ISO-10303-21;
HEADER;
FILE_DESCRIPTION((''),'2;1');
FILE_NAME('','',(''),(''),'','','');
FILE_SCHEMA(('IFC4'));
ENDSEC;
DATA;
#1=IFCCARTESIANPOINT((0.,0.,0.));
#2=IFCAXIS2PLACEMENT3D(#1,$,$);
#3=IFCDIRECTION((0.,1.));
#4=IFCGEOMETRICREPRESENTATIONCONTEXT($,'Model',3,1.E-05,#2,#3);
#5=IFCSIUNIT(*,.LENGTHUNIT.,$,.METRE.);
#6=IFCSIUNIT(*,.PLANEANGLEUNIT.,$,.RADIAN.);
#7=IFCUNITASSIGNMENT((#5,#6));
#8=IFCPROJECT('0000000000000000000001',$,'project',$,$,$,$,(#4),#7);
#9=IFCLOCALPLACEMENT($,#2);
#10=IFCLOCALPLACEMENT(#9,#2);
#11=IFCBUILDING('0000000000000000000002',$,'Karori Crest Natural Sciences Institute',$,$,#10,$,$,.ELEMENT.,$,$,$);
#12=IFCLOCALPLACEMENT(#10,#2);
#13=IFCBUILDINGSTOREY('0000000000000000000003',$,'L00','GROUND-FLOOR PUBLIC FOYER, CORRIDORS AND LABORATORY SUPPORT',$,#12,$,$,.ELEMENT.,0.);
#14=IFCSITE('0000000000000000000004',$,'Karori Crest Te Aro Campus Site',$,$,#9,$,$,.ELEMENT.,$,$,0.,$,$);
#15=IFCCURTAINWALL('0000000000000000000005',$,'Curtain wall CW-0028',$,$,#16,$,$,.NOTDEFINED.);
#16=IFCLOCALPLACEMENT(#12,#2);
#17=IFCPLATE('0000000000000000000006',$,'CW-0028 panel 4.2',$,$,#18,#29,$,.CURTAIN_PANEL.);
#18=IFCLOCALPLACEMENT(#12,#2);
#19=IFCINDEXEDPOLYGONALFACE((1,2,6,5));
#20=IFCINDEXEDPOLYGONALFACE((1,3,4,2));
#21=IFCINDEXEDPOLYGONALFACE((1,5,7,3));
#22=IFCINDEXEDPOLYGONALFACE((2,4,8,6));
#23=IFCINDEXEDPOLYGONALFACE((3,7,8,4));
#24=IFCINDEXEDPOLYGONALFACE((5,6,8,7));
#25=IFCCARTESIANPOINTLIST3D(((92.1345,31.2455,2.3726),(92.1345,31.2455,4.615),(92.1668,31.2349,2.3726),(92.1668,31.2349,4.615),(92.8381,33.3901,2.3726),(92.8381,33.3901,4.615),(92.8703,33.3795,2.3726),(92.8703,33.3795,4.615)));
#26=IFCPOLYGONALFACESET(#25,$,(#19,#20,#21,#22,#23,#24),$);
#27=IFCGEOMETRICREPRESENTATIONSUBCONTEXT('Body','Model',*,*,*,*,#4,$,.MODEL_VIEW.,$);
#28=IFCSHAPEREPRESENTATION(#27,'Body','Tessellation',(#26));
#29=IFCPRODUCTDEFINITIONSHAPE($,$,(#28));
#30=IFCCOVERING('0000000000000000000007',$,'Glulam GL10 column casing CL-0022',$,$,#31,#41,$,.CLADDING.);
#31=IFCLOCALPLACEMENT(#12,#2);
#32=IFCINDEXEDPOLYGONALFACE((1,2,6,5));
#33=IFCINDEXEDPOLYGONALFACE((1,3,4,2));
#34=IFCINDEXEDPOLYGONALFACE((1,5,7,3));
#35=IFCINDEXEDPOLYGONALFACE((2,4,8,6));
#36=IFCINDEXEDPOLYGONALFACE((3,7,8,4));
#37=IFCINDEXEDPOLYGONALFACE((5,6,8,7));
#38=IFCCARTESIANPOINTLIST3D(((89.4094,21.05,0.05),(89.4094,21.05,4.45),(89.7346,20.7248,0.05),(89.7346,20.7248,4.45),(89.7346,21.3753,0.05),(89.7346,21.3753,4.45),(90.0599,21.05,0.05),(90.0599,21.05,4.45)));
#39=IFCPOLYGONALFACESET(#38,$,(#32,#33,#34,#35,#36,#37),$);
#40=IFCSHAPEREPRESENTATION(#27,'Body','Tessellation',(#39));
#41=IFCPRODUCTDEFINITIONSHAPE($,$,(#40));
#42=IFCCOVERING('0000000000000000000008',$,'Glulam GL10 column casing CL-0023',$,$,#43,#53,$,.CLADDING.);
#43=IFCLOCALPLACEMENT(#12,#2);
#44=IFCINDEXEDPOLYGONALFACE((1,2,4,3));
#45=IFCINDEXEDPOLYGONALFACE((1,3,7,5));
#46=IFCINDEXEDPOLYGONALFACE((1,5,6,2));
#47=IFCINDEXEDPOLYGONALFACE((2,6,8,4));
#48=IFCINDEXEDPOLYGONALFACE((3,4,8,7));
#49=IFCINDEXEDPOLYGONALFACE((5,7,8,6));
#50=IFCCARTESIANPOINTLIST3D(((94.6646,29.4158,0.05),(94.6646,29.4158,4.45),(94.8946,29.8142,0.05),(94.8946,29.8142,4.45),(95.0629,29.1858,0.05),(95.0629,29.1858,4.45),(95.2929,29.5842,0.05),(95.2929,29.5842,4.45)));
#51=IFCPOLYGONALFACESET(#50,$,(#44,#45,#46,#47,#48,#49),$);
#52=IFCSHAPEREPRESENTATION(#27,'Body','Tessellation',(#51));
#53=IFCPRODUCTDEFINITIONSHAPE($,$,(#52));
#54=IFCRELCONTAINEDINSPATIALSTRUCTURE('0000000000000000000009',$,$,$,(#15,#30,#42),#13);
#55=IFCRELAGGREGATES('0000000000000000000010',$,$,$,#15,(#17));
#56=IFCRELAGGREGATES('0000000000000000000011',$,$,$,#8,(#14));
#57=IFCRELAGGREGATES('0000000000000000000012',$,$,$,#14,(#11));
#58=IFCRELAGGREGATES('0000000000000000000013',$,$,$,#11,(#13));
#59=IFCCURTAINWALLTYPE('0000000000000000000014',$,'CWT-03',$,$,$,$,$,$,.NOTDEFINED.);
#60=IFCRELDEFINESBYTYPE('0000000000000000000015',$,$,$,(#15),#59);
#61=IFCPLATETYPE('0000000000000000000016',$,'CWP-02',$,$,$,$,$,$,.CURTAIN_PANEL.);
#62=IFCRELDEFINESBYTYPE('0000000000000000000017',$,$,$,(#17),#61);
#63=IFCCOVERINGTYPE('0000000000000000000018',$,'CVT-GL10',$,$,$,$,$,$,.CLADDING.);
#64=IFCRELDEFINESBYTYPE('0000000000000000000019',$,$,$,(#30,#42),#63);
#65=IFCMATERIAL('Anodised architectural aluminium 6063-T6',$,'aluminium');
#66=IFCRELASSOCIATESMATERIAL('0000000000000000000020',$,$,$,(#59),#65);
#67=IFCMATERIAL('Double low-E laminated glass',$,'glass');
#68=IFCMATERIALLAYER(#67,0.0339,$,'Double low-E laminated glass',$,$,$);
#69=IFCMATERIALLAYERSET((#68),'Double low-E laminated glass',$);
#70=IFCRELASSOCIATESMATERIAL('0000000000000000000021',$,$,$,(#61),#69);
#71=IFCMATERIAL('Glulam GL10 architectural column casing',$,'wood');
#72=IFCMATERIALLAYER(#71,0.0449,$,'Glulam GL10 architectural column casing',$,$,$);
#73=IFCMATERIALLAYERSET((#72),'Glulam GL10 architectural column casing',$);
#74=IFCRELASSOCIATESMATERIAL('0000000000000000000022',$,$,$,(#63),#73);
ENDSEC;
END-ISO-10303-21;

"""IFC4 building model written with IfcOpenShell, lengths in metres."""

from ifc_helpers import new_model, si_unit, direction, frame, origin, origin_2d, place, context, subcontext, project, spatial, rectangle, extrude, material, layer, layer_set, type_object, element, aggregate, save


model = new_model("IFC4")

# Units and contexts
model_context = context("Model", 3, precision=1e-05, world=origin(), true_north=direction((0.0, 1.0)))
body_context = subcontext(model_context, "Body", "Model", "MODEL_VIEW")
ifc_project = project(units=[si_unit("LENGTHUNIT", "METRE"), si_unit("PLANEANGLEUNIT", "RADIAN")], contexts=[model_context])

# Site, building, storey
site_placement = place(None, origin())
site = spatial("IfcSite", under=ifc_project, at=site_placement, Name="Karori Crest Te Aro Campus Site", CompositionType="ELEMENT", RefElevation=0.0)
building_placement = place(site_placement, origin())
building = spatial("IfcBuilding", under=site, at=building_placement, Name="Karori Crest Natural Sciences Institute", CompositionType="ELEMENT")
storey_placement = place(building_placement, origin())
storey = spatial("IfcBuildingStorey", under=building, at=storey_placement, Name="L00", Description="GROUND-FLOOR PUBLIC FOYER, CORRIDORS AND LABORATORY SUPPORT", CompositionType="ELEMENT", Elevation=0.0)

# Curtain wall
ifc_material_1 = material(Name="Anodised architectural aluminium 6063-T6", Category="aluminium")
curtain_wall_type_1 = type_object("IfcCurtainWallType", Name="CWT-03", PredefinedType="NOTDEFINED", material=ifc_material_1)
curtain_wall_1_placement = place(storey_placement, origin())
curtain_wall_1 = element("IfcCurtainWall", 1, at=curtain_wall_1_placement, inside=storey, type_object=curtain_wall_type_1, Name="Curtain wall CW-0028", PredefinedType="NOTDEFINED")

# Plate
ifc_material_2 = material(Name="Double low-E laminated glass", Category="glass")
ifc_layer_1 = layer(ifc_material_2, 0.0339, Name="Double low-E laminated glass")
ifc_layer_set_1 = layer_set([ifc_layer_1], Name="Double low-E laminated glass")
plate_type_1 = type_object("IfcPlateType", Name="CWP-02", PredefinedType="CURTAIN_PANEL", material=ifc_layer_set_1)
plate_1_placement = place(storey_placement, frame((92.5024, 32.3125, 2.3726), z_axis=(0.0, 0.0, 1.0), x_axis=(-0.311714, -0.950176, 0.0)))
plate_1 = element("IfcPlate", 2, at=plate_1_placement, type_object=plate_type_1, Name="CW-0028 panel 4.2", PredefinedType="CURTAIN_PANEL", context=body_context, shape_type="SweptSolid", body=[
    extrude(rectangle(XDim=2.2571, YDim=0.0339, at=origin_2d()), origin(), (0.0, 0.0, 1.0), 2.2424),
])
aggregate(curtain_wall_1, [plate_1])

# Coverings
ifc_material_3 = material(Name="Glulam GL10 architectural column casing", Category="wood")
ifc_layer_2 = layer(ifc_material_3, 0.0449, Name="Glulam GL10 architectural column casing")
ifc_layer_set_2 = layer_set([ifc_layer_2], Name="Glulam GL10 architectural column casing")
covering_type = type_object("IfcCoveringType", Name="CVT-GL10", PredefinedType="CLADDING", material=ifc_layer_set_2)
for number, where, z_axis, x_axis, name in (
    (3, (89.7346, 21.05, 0.05), (0.0, 0.0, 1.0), (0.707107, -0.707107, 0.0), "Glulam GL10 column casing CL-0022"),
    (4, (94.9788, 29.5, 0.05), (0.0, 0.0, 1.0), (0.866025, -0.5, 0.0), "Glulam GL10 column casing CL-0023"),
):
    element("IfcCovering", number, at=place(storey_placement, frame(where, z_axis=z_axis, x_axis=x_axis)), inside=storey, type_object=covering_type, Name=name, PredefinedType="CLADDING", context=body_context, shape_type="SweptSolid", body=[
        extrude(rectangle(XDim=0.46, YDim=0.46, at=origin_2d()), origin(), (0.0, 0.0, 1.0), 4.3999),
    ])

save(model, "model.ifc")
